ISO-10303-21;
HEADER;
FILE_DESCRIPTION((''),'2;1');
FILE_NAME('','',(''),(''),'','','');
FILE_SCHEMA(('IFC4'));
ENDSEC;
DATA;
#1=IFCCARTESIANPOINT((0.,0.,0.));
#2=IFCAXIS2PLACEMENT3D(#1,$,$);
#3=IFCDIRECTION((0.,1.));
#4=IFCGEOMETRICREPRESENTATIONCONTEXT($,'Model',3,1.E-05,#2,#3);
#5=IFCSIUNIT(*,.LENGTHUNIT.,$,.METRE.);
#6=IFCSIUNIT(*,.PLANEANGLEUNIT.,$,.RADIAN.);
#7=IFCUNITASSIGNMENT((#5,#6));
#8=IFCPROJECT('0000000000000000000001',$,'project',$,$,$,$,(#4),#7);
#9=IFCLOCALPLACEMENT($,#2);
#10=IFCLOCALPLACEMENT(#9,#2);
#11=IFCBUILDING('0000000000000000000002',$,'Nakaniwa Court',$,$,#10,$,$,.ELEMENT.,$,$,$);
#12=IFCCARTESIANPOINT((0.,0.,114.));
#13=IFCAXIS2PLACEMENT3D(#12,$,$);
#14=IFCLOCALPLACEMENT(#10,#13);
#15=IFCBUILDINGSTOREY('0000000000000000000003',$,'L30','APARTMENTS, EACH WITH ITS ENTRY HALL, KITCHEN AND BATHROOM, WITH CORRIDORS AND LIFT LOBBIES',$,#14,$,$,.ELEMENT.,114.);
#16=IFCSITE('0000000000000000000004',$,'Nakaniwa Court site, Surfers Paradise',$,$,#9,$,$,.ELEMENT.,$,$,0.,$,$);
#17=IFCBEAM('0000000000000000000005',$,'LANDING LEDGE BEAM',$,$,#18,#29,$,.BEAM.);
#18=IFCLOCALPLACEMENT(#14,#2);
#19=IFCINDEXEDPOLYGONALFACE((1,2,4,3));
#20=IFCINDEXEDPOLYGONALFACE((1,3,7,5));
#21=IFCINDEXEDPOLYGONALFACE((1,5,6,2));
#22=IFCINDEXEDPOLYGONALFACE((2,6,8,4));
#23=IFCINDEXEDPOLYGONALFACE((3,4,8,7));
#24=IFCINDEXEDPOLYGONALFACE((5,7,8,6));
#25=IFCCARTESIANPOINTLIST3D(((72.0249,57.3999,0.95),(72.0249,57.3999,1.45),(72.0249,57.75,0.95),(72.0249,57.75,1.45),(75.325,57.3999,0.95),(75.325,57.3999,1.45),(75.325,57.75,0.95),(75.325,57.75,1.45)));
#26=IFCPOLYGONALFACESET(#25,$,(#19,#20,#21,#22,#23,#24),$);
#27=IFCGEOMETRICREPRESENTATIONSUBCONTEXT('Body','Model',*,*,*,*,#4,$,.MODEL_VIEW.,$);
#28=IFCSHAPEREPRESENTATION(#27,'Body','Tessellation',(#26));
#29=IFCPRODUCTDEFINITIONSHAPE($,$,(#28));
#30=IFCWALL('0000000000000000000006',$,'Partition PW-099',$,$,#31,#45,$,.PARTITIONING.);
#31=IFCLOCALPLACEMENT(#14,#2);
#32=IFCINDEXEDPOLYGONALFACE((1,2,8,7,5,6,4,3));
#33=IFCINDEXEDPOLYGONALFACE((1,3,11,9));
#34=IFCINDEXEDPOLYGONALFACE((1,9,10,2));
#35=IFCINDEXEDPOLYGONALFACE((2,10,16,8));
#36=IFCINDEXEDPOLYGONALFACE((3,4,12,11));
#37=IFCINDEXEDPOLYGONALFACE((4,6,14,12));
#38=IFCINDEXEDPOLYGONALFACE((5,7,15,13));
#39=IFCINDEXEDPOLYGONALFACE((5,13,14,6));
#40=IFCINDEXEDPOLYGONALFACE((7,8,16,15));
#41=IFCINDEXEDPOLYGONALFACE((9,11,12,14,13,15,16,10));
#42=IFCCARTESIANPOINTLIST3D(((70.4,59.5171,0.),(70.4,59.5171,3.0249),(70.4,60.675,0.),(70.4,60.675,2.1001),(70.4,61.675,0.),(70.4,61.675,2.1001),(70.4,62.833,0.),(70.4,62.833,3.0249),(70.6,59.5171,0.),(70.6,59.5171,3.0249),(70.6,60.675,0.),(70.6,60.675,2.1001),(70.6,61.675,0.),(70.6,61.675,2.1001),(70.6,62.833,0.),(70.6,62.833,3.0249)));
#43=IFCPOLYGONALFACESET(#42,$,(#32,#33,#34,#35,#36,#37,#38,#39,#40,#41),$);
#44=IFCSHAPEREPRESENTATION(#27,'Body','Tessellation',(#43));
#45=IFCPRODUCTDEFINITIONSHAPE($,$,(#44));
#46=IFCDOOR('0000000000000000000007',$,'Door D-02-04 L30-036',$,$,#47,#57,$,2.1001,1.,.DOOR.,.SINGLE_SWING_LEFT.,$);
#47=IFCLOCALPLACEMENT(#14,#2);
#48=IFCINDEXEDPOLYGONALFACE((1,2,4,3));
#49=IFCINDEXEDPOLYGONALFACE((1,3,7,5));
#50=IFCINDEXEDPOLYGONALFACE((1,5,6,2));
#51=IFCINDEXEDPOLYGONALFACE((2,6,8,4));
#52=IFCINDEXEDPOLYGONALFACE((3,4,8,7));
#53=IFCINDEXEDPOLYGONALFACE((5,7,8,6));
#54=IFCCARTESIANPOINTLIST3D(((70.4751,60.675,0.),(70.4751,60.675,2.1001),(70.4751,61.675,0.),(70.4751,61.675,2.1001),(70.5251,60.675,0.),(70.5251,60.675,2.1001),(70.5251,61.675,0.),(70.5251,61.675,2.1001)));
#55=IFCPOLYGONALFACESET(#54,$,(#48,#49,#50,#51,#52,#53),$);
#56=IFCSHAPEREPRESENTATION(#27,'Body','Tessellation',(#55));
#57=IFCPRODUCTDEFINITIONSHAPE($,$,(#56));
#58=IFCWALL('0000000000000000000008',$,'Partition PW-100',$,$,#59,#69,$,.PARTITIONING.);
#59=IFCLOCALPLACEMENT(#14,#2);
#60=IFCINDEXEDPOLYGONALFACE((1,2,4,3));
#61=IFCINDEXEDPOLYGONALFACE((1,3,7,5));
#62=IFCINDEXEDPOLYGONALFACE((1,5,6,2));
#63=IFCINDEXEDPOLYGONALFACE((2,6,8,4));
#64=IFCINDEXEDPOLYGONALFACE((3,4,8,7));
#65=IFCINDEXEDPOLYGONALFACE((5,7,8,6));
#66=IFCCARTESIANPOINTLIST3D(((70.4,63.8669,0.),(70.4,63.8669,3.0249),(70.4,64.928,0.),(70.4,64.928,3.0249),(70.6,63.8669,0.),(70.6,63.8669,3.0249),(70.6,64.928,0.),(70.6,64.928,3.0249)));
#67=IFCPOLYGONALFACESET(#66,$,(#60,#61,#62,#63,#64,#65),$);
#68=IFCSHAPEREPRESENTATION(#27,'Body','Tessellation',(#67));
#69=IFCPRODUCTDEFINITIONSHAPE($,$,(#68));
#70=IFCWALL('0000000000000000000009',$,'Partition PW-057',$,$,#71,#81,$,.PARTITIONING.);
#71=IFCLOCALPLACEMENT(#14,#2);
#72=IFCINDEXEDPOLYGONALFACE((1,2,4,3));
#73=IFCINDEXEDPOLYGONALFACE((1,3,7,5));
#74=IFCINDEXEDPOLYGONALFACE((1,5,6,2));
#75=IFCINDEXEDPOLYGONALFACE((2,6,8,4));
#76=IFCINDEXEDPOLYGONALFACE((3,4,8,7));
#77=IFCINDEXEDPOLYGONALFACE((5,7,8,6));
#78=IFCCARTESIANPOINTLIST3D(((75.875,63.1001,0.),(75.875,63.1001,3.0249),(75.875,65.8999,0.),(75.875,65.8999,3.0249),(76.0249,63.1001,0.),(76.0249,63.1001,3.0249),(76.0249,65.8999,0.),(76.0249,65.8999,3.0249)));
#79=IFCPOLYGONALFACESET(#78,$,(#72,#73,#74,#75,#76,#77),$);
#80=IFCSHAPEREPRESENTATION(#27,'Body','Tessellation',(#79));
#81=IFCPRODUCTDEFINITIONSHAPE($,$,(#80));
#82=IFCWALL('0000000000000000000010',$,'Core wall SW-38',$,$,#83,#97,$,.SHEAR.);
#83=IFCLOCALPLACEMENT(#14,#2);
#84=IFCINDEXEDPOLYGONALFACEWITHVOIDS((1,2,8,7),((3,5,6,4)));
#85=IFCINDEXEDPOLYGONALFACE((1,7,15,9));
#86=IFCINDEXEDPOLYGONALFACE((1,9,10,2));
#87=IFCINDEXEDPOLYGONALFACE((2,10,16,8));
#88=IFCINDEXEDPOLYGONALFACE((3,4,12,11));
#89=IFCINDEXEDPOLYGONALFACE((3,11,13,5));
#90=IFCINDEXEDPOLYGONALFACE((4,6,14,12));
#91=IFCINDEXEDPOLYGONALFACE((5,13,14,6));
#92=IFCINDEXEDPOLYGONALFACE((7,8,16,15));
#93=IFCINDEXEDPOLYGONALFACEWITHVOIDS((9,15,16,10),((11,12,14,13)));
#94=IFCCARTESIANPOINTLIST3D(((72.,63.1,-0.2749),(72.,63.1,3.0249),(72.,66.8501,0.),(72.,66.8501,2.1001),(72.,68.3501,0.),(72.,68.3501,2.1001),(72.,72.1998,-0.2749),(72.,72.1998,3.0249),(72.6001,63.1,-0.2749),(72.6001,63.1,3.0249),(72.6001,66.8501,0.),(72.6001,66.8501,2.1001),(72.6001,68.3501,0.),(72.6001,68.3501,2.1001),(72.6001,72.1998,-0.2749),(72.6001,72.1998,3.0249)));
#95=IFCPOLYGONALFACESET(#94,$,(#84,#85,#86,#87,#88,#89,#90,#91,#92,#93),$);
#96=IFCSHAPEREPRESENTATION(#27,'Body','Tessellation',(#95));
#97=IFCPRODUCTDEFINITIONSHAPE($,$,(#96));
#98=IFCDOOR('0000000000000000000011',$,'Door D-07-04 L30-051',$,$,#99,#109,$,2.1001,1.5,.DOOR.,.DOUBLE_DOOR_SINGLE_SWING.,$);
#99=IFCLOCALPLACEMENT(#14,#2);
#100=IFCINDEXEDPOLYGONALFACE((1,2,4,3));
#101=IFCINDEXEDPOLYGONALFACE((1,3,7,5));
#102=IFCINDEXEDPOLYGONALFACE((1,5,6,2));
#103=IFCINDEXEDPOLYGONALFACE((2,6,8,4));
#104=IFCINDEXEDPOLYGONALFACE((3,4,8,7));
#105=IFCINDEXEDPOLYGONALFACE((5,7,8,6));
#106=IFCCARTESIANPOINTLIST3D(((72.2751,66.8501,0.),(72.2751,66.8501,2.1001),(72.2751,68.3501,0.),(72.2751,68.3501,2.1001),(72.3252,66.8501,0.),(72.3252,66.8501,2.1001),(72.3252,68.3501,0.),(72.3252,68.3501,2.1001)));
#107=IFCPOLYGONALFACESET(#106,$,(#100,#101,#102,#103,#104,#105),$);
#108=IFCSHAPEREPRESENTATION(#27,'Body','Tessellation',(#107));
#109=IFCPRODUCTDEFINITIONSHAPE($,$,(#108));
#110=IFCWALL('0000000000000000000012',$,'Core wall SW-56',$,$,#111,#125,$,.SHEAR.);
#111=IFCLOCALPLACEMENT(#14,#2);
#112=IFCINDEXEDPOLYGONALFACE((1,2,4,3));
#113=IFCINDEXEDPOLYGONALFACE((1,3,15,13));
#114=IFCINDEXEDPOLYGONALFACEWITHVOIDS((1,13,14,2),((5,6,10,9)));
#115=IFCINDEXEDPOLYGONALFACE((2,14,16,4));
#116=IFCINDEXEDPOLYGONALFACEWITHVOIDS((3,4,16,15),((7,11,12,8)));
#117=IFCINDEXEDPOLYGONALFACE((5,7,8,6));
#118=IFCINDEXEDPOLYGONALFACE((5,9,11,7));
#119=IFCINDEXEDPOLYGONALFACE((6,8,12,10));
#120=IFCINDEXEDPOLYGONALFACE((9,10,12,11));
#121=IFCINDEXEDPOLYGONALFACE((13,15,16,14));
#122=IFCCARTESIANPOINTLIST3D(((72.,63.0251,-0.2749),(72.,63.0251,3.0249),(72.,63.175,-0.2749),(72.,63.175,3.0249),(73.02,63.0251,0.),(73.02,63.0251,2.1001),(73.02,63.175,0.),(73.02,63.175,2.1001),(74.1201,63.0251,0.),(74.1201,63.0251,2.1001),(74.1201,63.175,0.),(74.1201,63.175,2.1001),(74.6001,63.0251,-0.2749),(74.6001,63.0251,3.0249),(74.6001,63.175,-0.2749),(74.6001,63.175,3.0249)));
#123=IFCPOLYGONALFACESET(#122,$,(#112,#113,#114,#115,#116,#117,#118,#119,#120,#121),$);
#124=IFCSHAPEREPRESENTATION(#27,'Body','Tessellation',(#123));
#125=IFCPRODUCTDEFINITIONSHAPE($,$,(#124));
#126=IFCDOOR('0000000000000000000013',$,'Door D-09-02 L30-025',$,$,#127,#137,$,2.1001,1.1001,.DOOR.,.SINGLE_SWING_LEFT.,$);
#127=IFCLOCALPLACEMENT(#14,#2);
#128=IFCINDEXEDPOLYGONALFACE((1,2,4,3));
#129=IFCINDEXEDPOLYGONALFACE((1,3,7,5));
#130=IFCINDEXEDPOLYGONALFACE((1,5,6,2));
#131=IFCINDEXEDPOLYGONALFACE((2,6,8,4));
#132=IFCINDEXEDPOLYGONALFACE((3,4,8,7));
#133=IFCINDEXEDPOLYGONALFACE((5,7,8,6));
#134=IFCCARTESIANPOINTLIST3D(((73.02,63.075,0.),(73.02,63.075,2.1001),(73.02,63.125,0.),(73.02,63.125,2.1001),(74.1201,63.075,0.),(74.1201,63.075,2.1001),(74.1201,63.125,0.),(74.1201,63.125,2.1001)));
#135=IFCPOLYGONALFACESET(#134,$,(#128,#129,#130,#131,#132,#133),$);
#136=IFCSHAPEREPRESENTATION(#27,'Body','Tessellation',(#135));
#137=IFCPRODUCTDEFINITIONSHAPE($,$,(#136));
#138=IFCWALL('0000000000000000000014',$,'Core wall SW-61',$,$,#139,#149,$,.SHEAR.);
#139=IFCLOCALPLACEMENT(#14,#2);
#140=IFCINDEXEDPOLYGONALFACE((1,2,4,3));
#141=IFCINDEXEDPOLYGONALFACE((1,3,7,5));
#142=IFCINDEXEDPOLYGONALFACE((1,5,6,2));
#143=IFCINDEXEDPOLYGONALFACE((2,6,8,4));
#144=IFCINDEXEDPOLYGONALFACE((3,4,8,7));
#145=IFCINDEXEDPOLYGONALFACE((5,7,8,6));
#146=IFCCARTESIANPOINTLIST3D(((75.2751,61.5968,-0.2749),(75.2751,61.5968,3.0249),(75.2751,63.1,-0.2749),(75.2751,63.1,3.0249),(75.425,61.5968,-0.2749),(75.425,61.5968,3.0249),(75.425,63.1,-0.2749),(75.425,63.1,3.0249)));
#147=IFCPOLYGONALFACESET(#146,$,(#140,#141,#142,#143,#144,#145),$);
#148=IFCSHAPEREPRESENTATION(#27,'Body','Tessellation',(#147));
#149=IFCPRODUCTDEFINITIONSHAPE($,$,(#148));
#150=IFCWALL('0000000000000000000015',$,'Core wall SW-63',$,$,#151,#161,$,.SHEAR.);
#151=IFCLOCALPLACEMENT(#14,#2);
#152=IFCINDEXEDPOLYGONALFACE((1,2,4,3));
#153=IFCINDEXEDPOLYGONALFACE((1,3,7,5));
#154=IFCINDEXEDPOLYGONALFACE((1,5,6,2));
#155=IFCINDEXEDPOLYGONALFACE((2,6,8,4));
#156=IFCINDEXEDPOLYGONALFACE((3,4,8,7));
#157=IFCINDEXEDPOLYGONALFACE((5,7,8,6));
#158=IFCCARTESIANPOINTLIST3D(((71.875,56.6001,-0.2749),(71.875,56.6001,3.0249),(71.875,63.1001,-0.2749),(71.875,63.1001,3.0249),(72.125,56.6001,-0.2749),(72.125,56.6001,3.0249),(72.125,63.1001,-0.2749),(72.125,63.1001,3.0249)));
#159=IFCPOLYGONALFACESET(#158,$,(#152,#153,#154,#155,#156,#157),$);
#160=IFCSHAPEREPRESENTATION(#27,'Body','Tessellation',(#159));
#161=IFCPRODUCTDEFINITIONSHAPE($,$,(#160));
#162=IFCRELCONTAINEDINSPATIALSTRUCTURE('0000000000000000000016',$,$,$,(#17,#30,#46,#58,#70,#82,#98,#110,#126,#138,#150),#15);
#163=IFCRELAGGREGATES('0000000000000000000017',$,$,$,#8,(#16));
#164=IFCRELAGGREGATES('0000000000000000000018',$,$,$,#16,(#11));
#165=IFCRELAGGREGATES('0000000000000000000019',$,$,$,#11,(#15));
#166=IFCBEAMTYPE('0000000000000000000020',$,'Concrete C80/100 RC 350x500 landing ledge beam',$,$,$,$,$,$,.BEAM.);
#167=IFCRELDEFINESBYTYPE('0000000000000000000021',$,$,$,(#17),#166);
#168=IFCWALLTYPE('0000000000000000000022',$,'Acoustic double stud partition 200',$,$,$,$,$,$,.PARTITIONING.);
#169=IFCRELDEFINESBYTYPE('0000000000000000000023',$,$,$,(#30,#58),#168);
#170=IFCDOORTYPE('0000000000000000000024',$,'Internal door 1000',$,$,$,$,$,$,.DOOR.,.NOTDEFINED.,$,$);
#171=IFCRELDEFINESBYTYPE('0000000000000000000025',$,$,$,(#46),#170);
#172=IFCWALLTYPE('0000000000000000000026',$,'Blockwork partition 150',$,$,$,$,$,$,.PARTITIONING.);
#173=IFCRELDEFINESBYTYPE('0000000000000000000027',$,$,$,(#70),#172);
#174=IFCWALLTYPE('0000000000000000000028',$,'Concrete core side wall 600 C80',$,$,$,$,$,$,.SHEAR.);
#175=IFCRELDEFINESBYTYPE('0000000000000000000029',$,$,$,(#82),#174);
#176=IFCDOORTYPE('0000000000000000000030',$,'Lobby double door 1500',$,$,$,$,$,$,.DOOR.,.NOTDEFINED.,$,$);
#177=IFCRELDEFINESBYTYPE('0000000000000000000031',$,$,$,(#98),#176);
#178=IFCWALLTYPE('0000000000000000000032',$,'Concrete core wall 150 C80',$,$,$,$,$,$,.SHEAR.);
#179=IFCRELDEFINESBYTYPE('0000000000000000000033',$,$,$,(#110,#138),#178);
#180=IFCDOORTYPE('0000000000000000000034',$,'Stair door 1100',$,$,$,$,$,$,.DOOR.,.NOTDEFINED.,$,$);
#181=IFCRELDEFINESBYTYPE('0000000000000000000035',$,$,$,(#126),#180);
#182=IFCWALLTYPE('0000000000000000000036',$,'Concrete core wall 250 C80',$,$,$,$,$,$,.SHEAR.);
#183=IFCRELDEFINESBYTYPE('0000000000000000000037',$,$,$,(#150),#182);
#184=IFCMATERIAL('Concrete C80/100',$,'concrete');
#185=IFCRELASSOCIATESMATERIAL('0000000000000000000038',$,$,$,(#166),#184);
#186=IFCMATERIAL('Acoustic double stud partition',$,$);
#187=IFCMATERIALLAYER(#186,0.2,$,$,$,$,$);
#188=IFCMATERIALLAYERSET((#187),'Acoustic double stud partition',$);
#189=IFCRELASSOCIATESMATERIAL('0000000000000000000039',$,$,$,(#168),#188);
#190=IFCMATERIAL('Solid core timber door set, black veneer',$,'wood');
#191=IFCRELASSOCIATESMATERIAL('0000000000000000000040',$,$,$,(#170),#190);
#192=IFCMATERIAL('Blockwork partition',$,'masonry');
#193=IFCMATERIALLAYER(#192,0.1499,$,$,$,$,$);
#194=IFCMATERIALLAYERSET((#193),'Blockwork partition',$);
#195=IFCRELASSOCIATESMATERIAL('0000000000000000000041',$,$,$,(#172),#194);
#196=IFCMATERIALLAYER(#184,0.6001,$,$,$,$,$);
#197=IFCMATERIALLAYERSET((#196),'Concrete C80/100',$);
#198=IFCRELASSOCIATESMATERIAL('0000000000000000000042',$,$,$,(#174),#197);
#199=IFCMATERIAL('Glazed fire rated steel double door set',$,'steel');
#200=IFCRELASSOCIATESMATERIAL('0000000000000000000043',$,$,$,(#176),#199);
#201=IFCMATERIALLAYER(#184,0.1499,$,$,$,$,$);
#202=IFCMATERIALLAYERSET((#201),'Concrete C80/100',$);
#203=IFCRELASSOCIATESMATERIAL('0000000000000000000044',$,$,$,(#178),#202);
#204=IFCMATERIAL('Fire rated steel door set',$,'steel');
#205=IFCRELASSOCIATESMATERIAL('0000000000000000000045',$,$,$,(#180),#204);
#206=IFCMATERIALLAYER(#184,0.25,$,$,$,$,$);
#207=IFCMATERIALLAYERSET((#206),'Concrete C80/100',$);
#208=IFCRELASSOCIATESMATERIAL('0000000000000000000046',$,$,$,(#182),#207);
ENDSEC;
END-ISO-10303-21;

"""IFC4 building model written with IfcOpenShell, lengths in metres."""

from ifc_helpers import new_model, si_unit, direction, frame, frame_2d, origin, origin_2d, place, context, subcontext, project, spatial, rectangle, extrude, material, layer, layer_set, material_profile, profile_set, type_object, element, fill, save


model = new_model("IFC4")

# Units and contexts
model_context = context("Model", 3, precision=1e-05, world=origin(), true_north=direction((0.0, 1.0)))
body_context = subcontext(model_context, "Body", "Model", "MODEL_VIEW")
ifc_project = project(units=[si_unit("LENGTHUNIT", "METRE"), si_unit("PLANEANGLEUNIT", "RADIAN")], contexts=[model_context])

# Site, building, storey
site_placement = place(None, origin())
site = spatial("IfcSite", under=ifc_project, at=site_placement, Name="Nakaniwa Court site, Surfers Paradise", CompositionType="ELEMENT", RefElevation=0.0)
building_placement = place(site_placement, origin())
building = spatial("IfcBuilding", under=site, at=building_placement, Name="Nakaniwa Court", CompositionType="ELEMENT")
storey_placement = place(building_placement, frame((0.0, 0.0, 114.0)))
storey = spatial("IfcBuildingStorey", under=building, at=storey_placement, Name="L30", Description="APARTMENTS, EACH WITH ITS ENTRY HALL, KITCHEN AND BATHROOM, WITH CORRIDORS AND LIFT LOBBIES", CompositionType="ELEMENT", Elevation=114.0)

# Beam
ifc_material_1 = material(Name="Concrete C80/100", Category="concrete")
ifc_material_profile = material_profile(ifc_material_1, rectangle(XDim=0.3501, YDim=0.5, at=origin_2d()), Name="Concrete C80/100 RC 350x500 landing ledge beam")
ifc_profile_set = profile_set([ifc_material_profile], Name="Concrete C80/100")
beam_type = type_object("IfcBeamType", Name="Concrete C80/100 RC 350x500 landing ledge beam", PredefinedType="BEAM", material=ifc_profile_set)
beam_placement = place(storey_placement, frame((72.0249, 57.575, 1.2), z_axis=(1.0, 0.0, 0.0), x_axis=(0.0, 1.0, 0.0)))
element("IfcBeam", 1, at=beam_placement, inside=storey, type_object=beam_type, Name="LANDING LEDGE BEAM", PredefinedType="BEAM", context=body_context, shape_type="SweptSolid", body=[
    extrude(rectangle(XDim=0.3501, YDim=0.5, at=origin_2d()), origin(), (0.0, 0.0, 1.0), 3.3),
])

# Wall, opening, door
ifc_material_2 = material(Name="Acoustic double stud partition")
ifc_layer_1 = layer(ifc_material_2, 0.2)
ifc_layer_set_1 = layer_set([ifc_layer_1], Name="Acoustic double stud partition")
wall_type_1 = type_object("IfcWallType", Name="Acoustic double stud partition 200", PredefinedType="PARTITIONING", material=ifc_layer_set_1)
wall_1_placement = place(storey_placement, frame((70.5, 59.5171, 0.0), z_axis=(0.0, 0.0, 1.0), x_axis=(0.0, 1.0, 0.0)))
wall_1 = element("IfcWall", 2, at=wall_1_placement, inside=storey, type_object=wall_type_1, Name="Partition PW-099", PredefinedType="PARTITIONING", context=body_context, shape_type="SweptSolid", body=[
    extrude(rectangle(XDim=3.3159, YDim=0.2, at=frame_2d((1.658, 0.0))), origin(), (0.0, 0.0, 1.0), 3.0249),
])
opening_1_placement = place(wall_1_placement, frame((1.158, 0.0, 0.0)))
opening_1 = element("IfcOpeningElement", 3, at=opening_1_placement, cuts=wall_1, PredefinedType="OPENING", context=body_context, shape_type="SweptSolid", body=[
    extrude(rectangle(XDim=1.0, YDim=2.1001, at=frame_2d((0.5, 1.05))), frame((0.0, 0.1099, 0.0), z_axis=(0.0, -1.0, 0.0), x_axis=(1.0, 0.0, 0.0)), (0.0, 0.0, 1.0), 0.22),
])
ifc_material_3 = material(Name="Solid core timber door set, black veneer", Category="wood")
door_type_1 = type_object("IfcDoorType", Name="Internal door 1000", OperationType="NOTDEFINED", PredefinedType="DOOR", material=ifc_material_3)
door_1_placement = place(opening_1_placement, origin())
door_1 = element("IfcDoor", 4, at=door_1_placement, inside=storey, type_object=door_type_1, Name="Door D-02-04 L30-036", OperationType="SINGLE_SWING_LEFT", OverallHeight=2.1001, OverallWidth=1.0, PredefinedType="DOOR", context=body_context, shape_type="SweptSolid", body=[
    extrude(rectangle(XDim=1.0, YDim=2.1001, at=frame_2d((0.5, 1.05))), frame((0.0, 0.0249, 0.0), z_axis=(0.0, -1.0, 0.0), x_axis=(1.0, 0.0, 0.0)), (0.0, 0.0, 1.0), 0.05),
])
fill(opening_1, door_1)

# Walls
wall_2_placement = place(storey_placement, frame((70.5, 63.8669, 0.0), z_axis=(0.0, 0.0, 1.0), x_axis=(0.0, 1.0, 0.0)))
element("IfcWall", 5, at=wall_2_placement, inside=storey, type_object=wall_type_1, Name="Partition PW-100", PredefinedType="PARTITIONING", context=body_context, shape_type="SweptSolid", body=[
    extrude(rectangle(XDim=1.061, YDim=0.2, at=frame_2d((0.5305, 0.0))), origin(), (0.0, 0.0, 1.0), 3.0249),
])
ifc_material_4 = material(Name="Blockwork partition", Category="masonry")
ifc_layer_2 = layer(ifc_material_4, 0.1499)
ifc_layer_set_2 = layer_set([ifc_layer_2], Name="Blockwork partition")
wall_type_2 = type_object("IfcWallType", Name="Blockwork partition 150", PredefinedType="PARTITIONING", material=ifc_layer_set_2)
wall_3_placement = place(storey_placement, frame((75.95, 63.1001, 0.0), z_axis=(0.0, 0.0, 1.0), x_axis=(0.0, 1.0, 0.0)))
element("IfcWall", 6, at=wall_3_placement, inside=storey, type_object=wall_type_2, Name="Partition PW-057", PredefinedType="PARTITIONING", context=body_context, shape_type="SweptSolid", body=[
    extrude(rectangle(XDim=2.7998, YDim=0.1499, at=frame_2d((1.3999, 0.0))), origin(), (0.0, 0.0, 1.0), 3.0249),
])

# Walls, openings, doors
ifc_layer_3 = layer(ifc_material_1, 0.6001)
ifc_layer_set_3 = layer_set([ifc_layer_3], Name="Concrete C80/100")
wall_type_3 = type_object("IfcWallType", Name="Concrete core side wall 600 C80", PredefinedType="SHEAR", material=ifc_layer_set_3)
wall_4_placement = place(storey_placement, frame((72.3, 63.1001, -0.2749), z_axis=(0.0, 0.0, 1.0), x_axis=(0.0, 1.0, 0.0)))
wall_4 = element("IfcWall", 7, at=wall_4_placement, inside=storey, type_object=wall_type_3, Name="Core wall SW-38", PredefinedType="SHEAR", context=body_context, shape_type="SweptSolid", body=[
    extrude(rectangle(XDim=9.0999, YDim=0.6001, at=frame_2d((4.5498, 0.0))), origin(), (0.0, 0.0, 1.0), 3.2998),
])
opening_2_placement = place(wall_4_placement, frame((3.75, 0.0, 0.2749)))
opening_2 = element("IfcOpeningElement", 8, at=opening_2_placement, cuts=wall_4, PredefinedType="OPENING", context=body_context, shape_type="SweptSolid", body=[
    extrude(rectangle(XDim=1.5, YDim=2.1001, at=frame_2d((0.75, 1.05))), frame((0.0, 0.3101, 0.0), z_axis=(0.0, -1.0, 0.0), x_axis=(1.0, 0.0, 0.0)), (0.0, 0.0, 1.0), 0.6201),
])
ifc_material_5 = material(Name="Glazed fire rated steel double door set", Category="steel")
door_type_2 = type_object("IfcDoorType", Name="Lobby double door 1500", OperationType="NOTDEFINED", PredefinedType="DOOR", material=ifc_material_5)
door_2_placement = place(opening_2_placement, origin())
door_2 = element("IfcDoor", 9, at=door_2_placement, inside=storey, type_object=door_type_2, Name="Door D-07-04 L30-051", OperationType="DOUBLE_DOOR_SINGLE_SWING", OverallHeight=2.1001, OverallWidth=1.5, PredefinedType="DOOR", context=body_context, shape_type="SweptSolid", body=[
    extrude(rectangle(XDim=1.5, YDim=2.1001, at=frame_2d((0.75, 1.05))), frame((0.0, 0.0249, 0.0), z_axis=(0.0, -1.0, 0.0), x_axis=(1.0, 0.0, 0.0)), (0.0, 0.0, 1.0), 0.05),
])
fill(opening_2, door_2)
ifc_layer_4 = layer(ifc_material_1, 0.1499)
ifc_layer_set_4 = layer_set([ifc_layer_4], Name="Concrete C80/100")
wall_type_4 = type_object("IfcWallType", Name="Concrete core wall 150 C80", PredefinedType="SHEAR", material=ifc_layer_set_4)
wall_5_placement = place(storey_placement, frame((72.0, 63.1001, -0.2749), z_axis=(0.0, 0.0, 1.0), x_axis=(1.0, 0.0, 0.0)))
wall_5 = element("IfcWall", 10, at=wall_5_placement, inside=storey, type_object=wall_type_4, Name="Core wall SW-56", PredefinedType="SHEAR", context=body_context, shape_type="SweptSolid", body=[
    extrude(rectangle(XDim=2.6001, YDim=0.1499, at=frame_2d((1.3, 0.0))), origin(), (0.0, 0.0, 1.0), 3.2998),
])
opening_3_placement = place(wall_5_placement, frame((1.02, 0.0, 0.2749)))
opening_3 = element("IfcOpeningElement", 11, at=opening_3_placement, cuts=wall_5, PredefinedType="OPENING", context=body_context, shape_type="SweptSolid", body=[
    extrude(rectangle(XDim=1.1001, YDim=2.1001, at=frame_2d((0.55, 1.05))), frame((0.0, 0.085, 0.0), z_axis=(0.0, -1.0, 0.0), x_axis=(1.0, 0.0, 0.0)), (0.0, 0.0, 1.0), 0.1699),
])
ifc_material_6 = material(Name="Fire rated steel door set", Category="steel")
door_type_3 = type_object("IfcDoorType", Name="Stair door 1100", OperationType="NOTDEFINED", PredefinedType="DOOR", material=ifc_material_6)
door_3_placement = place(opening_3_placement, origin())
door_3 = element("IfcDoor", 12, at=door_3_placement, inside=storey, type_object=door_type_3, Name="Door D-09-02 L30-025", OperationType="SINGLE_SWING_LEFT", OverallHeight=2.1001, OverallWidth=1.1001, PredefinedType="DOOR", context=body_context, shape_type="SweptSolid", body=[
    extrude(rectangle(XDim=1.1001, YDim=2.1001, at=frame_2d((0.55, 1.05))), frame((0.0, 0.0249, 0.0), z_axis=(0.0, -1.0, 0.0), x_axis=(1.0, 0.0, 0.0)), (0.0, 0.0, 1.0), 0.05),
])
fill(opening_3, door_3)

# Walls
wall_6_placement = place(storey_placement, frame((75.3501, 61.5969, -0.2749), z_axis=(0.0, 0.0, 1.0), x_axis=(0.0, 1.0, 0.0)))
element("IfcWall", 13, at=wall_6_placement, inside=storey, type_object=wall_type_4, Name="Core wall SW-61", PredefinedType="SHEAR", context=body_context, shape_type="SweptSolid", body=[
    extrude(rectangle(XDim=1.5032, YDim=0.1499, at=frame_2d((0.7515, 0.0))), origin(), (0.0, 0.0, 1.0), 3.2998),
])
ifc_layer_5 = layer(ifc_material_1, 0.25)
ifc_layer_set_5 = layer_set([ifc_layer_5], Name="Concrete C80/100")
wall_type_5 = type_object("IfcWallType", Name="Concrete core wall 250 C80", PredefinedType="SHEAR", material=ifc_layer_set_5)
wall_7_placement = place(storey_placement, frame((72.0, 56.6001, -0.2749), z_axis=(0.0, 0.0, 1.0), x_axis=(0.0, 1.0, 0.0)))
element("IfcWall", 14, at=wall_7_placement, inside=storey, type_object=wall_type_5, Name="Core wall SW-63", PredefinedType="SHEAR", context=body_context, shape_type="SweptSolid", body=[
    extrude(rectangle(XDim=6.5, YDim=0.25, at=frame_2d((3.25, 0.0))), origin(), (0.0, 0.0, 1.0), 3.2998),
])

save(model, "model.ifc")
